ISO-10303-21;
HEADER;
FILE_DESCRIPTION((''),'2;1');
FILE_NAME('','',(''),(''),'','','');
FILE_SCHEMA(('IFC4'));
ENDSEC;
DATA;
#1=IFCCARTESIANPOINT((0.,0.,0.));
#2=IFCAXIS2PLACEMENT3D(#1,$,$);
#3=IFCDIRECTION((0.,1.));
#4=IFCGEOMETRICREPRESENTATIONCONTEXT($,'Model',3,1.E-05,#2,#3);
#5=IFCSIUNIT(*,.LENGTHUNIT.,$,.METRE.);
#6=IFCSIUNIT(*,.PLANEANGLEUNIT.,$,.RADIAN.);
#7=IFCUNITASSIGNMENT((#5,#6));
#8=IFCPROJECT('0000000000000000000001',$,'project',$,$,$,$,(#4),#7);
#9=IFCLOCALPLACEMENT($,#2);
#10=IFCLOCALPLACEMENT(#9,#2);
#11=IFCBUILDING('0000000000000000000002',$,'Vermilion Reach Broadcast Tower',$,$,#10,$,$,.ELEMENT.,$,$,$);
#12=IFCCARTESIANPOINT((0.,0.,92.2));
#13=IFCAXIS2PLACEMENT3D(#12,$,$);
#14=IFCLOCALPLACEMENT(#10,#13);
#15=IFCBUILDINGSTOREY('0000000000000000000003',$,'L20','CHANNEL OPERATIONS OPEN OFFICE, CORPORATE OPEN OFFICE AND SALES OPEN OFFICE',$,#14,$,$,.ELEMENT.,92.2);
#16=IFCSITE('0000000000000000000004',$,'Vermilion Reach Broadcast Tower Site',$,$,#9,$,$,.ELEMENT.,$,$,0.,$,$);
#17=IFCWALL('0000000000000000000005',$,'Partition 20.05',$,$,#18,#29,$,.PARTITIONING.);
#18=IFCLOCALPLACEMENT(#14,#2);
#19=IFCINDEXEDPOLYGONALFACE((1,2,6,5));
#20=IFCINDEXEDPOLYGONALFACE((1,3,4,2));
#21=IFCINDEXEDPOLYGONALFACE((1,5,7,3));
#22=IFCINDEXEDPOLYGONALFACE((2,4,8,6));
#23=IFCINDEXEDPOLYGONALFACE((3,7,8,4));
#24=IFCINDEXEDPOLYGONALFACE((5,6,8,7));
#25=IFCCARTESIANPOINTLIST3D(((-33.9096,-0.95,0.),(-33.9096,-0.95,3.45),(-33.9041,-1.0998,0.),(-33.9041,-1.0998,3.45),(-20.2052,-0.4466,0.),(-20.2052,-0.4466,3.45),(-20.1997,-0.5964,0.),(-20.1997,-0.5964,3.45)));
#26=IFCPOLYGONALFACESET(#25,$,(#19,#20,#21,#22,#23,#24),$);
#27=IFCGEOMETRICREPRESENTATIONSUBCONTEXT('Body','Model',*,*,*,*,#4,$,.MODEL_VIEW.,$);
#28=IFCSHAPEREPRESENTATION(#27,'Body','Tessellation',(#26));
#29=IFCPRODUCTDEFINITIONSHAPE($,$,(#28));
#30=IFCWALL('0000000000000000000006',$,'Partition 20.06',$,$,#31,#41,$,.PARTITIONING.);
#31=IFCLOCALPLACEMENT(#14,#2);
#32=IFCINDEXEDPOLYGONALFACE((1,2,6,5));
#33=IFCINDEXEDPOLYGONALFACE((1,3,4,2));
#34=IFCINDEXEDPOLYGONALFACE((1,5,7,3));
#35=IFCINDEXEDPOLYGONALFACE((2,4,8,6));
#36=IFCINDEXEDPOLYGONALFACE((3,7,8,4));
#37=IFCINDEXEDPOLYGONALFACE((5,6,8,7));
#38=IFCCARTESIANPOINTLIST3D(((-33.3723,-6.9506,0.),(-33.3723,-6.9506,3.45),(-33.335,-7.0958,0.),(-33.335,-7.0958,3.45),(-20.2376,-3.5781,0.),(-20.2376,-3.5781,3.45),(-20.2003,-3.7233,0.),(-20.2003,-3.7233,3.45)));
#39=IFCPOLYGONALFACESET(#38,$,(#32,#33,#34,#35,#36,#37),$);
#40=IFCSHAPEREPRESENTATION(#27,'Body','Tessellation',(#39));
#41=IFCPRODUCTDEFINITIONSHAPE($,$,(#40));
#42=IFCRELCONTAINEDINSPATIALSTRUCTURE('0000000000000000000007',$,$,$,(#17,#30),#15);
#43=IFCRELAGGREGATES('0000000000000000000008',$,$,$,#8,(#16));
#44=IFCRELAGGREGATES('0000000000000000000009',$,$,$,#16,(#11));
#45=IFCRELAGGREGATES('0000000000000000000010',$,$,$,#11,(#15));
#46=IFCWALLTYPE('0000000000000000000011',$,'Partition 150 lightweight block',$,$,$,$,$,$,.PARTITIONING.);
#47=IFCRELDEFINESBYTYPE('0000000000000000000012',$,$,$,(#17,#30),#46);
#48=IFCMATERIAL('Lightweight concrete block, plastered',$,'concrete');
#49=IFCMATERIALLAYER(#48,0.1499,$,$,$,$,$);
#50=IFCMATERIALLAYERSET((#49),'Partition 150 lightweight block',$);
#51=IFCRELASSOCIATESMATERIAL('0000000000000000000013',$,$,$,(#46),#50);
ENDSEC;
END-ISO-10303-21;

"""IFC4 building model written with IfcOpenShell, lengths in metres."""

from ifc_helpers import new_model, si_unit, direction, frame, frame_2d, origin, place, context, subcontext, project, spatial, rectangle, extrude, material, layer, layer_set, type_object, element, save


model = new_model("IFC4")

# Units and contexts
model_context = context("Model", 3, precision=1e-05, world=origin(), true_north=direction((0.0, 1.0)))
body_context = subcontext(model_context, "Body", "Model", "MODEL_VIEW")
ifc_project = project(units=[si_unit("LENGTHUNIT", "METRE"), si_unit("PLANEANGLEUNIT", "RADIAN")], contexts=[model_context])

# Site, building, storey
site_placement = place(None, origin())
site = spatial("IfcSite", under=ifc_project, at=site_placement, Name="Vermilion Reach Broadcast Tower Site", CompositionType="ELEMENT", RefElevation=0.0)
building_placement = place(site_placement, origin())
building = spatial("IfcBuilding", under=site, at=building_placement, Name="Vermilion Reach Broadcast Tower", CompositionType="ELEMENT")
storey_placement = place(building_placement, frame((0.0, 0.0, 92.2)))
storey = spatial("IfcBuildingStorey", under=building, at=storey_placement, Name="L20", Description="CHANNEL OPERATIONS OPEN OFFICE, CORPORATE OPEN OFFICE AND SALES OPEN OFFICE", CompositionType="ELEMENT", Elevation=92.2)

# Walls
ifc_material_1 = material(Name="Lightweight concrete block, plastered", Category="concrete")
ifc_layer_1 = layer(ifc_material_1, 0.1499)
ifc_layer_set_1 = layer_set([ifc_layer_1], Name="Partition 150 lightweight block")
wall_type = type_object("IfcWallType", Name="Partition 150 lightweight block", PredefinedType="PARTITIONING", material=ifc_layer_set_1)
wall_1_placement = place(storey_placement, frame((-33.907, -1.0249, 0.0), z_axis=(0.0, 0.0, 1.0), x_axis=(0.999326, 0.036709, 0.0)))
element("IfcWall", 1, at=wall_1_placement, inside=storey, type_object=wall_type, Name="Partition 20.05", PredefinedType="PARTITIONING", context=body_context, shape_type="SweptSolid", body=[
    extrude(rectangle(XDim=13.7136, YDim=0.1499, at=frame_2d((6.8569, 0.0))), origin(), (0.0, 0.0, 1.0), 3.45),
])
wall_2_placement = place(storey_placement, frame((-33.3535, -7.0232, 0.0), z_axis=(0.0, 0.0, 1.0), x_axis=(0.968581, 0.248698, 0.0)))
element("IfcWall", 2, at=wall_2_placement, inside=storey, type_object=wall_type, Name="Partition 20.06", PredefinedType="PARTITIONING", context=body_context, shape_type="SweptSolid", body=[
    extrude(rectangle(XDim=13.5608, YDim=0.1499, at=frame_2d((6.7803, 0.0))), origin(), (0.0, 0.0, 1.0), 3.45),
])

save(model, "model.ifc")
